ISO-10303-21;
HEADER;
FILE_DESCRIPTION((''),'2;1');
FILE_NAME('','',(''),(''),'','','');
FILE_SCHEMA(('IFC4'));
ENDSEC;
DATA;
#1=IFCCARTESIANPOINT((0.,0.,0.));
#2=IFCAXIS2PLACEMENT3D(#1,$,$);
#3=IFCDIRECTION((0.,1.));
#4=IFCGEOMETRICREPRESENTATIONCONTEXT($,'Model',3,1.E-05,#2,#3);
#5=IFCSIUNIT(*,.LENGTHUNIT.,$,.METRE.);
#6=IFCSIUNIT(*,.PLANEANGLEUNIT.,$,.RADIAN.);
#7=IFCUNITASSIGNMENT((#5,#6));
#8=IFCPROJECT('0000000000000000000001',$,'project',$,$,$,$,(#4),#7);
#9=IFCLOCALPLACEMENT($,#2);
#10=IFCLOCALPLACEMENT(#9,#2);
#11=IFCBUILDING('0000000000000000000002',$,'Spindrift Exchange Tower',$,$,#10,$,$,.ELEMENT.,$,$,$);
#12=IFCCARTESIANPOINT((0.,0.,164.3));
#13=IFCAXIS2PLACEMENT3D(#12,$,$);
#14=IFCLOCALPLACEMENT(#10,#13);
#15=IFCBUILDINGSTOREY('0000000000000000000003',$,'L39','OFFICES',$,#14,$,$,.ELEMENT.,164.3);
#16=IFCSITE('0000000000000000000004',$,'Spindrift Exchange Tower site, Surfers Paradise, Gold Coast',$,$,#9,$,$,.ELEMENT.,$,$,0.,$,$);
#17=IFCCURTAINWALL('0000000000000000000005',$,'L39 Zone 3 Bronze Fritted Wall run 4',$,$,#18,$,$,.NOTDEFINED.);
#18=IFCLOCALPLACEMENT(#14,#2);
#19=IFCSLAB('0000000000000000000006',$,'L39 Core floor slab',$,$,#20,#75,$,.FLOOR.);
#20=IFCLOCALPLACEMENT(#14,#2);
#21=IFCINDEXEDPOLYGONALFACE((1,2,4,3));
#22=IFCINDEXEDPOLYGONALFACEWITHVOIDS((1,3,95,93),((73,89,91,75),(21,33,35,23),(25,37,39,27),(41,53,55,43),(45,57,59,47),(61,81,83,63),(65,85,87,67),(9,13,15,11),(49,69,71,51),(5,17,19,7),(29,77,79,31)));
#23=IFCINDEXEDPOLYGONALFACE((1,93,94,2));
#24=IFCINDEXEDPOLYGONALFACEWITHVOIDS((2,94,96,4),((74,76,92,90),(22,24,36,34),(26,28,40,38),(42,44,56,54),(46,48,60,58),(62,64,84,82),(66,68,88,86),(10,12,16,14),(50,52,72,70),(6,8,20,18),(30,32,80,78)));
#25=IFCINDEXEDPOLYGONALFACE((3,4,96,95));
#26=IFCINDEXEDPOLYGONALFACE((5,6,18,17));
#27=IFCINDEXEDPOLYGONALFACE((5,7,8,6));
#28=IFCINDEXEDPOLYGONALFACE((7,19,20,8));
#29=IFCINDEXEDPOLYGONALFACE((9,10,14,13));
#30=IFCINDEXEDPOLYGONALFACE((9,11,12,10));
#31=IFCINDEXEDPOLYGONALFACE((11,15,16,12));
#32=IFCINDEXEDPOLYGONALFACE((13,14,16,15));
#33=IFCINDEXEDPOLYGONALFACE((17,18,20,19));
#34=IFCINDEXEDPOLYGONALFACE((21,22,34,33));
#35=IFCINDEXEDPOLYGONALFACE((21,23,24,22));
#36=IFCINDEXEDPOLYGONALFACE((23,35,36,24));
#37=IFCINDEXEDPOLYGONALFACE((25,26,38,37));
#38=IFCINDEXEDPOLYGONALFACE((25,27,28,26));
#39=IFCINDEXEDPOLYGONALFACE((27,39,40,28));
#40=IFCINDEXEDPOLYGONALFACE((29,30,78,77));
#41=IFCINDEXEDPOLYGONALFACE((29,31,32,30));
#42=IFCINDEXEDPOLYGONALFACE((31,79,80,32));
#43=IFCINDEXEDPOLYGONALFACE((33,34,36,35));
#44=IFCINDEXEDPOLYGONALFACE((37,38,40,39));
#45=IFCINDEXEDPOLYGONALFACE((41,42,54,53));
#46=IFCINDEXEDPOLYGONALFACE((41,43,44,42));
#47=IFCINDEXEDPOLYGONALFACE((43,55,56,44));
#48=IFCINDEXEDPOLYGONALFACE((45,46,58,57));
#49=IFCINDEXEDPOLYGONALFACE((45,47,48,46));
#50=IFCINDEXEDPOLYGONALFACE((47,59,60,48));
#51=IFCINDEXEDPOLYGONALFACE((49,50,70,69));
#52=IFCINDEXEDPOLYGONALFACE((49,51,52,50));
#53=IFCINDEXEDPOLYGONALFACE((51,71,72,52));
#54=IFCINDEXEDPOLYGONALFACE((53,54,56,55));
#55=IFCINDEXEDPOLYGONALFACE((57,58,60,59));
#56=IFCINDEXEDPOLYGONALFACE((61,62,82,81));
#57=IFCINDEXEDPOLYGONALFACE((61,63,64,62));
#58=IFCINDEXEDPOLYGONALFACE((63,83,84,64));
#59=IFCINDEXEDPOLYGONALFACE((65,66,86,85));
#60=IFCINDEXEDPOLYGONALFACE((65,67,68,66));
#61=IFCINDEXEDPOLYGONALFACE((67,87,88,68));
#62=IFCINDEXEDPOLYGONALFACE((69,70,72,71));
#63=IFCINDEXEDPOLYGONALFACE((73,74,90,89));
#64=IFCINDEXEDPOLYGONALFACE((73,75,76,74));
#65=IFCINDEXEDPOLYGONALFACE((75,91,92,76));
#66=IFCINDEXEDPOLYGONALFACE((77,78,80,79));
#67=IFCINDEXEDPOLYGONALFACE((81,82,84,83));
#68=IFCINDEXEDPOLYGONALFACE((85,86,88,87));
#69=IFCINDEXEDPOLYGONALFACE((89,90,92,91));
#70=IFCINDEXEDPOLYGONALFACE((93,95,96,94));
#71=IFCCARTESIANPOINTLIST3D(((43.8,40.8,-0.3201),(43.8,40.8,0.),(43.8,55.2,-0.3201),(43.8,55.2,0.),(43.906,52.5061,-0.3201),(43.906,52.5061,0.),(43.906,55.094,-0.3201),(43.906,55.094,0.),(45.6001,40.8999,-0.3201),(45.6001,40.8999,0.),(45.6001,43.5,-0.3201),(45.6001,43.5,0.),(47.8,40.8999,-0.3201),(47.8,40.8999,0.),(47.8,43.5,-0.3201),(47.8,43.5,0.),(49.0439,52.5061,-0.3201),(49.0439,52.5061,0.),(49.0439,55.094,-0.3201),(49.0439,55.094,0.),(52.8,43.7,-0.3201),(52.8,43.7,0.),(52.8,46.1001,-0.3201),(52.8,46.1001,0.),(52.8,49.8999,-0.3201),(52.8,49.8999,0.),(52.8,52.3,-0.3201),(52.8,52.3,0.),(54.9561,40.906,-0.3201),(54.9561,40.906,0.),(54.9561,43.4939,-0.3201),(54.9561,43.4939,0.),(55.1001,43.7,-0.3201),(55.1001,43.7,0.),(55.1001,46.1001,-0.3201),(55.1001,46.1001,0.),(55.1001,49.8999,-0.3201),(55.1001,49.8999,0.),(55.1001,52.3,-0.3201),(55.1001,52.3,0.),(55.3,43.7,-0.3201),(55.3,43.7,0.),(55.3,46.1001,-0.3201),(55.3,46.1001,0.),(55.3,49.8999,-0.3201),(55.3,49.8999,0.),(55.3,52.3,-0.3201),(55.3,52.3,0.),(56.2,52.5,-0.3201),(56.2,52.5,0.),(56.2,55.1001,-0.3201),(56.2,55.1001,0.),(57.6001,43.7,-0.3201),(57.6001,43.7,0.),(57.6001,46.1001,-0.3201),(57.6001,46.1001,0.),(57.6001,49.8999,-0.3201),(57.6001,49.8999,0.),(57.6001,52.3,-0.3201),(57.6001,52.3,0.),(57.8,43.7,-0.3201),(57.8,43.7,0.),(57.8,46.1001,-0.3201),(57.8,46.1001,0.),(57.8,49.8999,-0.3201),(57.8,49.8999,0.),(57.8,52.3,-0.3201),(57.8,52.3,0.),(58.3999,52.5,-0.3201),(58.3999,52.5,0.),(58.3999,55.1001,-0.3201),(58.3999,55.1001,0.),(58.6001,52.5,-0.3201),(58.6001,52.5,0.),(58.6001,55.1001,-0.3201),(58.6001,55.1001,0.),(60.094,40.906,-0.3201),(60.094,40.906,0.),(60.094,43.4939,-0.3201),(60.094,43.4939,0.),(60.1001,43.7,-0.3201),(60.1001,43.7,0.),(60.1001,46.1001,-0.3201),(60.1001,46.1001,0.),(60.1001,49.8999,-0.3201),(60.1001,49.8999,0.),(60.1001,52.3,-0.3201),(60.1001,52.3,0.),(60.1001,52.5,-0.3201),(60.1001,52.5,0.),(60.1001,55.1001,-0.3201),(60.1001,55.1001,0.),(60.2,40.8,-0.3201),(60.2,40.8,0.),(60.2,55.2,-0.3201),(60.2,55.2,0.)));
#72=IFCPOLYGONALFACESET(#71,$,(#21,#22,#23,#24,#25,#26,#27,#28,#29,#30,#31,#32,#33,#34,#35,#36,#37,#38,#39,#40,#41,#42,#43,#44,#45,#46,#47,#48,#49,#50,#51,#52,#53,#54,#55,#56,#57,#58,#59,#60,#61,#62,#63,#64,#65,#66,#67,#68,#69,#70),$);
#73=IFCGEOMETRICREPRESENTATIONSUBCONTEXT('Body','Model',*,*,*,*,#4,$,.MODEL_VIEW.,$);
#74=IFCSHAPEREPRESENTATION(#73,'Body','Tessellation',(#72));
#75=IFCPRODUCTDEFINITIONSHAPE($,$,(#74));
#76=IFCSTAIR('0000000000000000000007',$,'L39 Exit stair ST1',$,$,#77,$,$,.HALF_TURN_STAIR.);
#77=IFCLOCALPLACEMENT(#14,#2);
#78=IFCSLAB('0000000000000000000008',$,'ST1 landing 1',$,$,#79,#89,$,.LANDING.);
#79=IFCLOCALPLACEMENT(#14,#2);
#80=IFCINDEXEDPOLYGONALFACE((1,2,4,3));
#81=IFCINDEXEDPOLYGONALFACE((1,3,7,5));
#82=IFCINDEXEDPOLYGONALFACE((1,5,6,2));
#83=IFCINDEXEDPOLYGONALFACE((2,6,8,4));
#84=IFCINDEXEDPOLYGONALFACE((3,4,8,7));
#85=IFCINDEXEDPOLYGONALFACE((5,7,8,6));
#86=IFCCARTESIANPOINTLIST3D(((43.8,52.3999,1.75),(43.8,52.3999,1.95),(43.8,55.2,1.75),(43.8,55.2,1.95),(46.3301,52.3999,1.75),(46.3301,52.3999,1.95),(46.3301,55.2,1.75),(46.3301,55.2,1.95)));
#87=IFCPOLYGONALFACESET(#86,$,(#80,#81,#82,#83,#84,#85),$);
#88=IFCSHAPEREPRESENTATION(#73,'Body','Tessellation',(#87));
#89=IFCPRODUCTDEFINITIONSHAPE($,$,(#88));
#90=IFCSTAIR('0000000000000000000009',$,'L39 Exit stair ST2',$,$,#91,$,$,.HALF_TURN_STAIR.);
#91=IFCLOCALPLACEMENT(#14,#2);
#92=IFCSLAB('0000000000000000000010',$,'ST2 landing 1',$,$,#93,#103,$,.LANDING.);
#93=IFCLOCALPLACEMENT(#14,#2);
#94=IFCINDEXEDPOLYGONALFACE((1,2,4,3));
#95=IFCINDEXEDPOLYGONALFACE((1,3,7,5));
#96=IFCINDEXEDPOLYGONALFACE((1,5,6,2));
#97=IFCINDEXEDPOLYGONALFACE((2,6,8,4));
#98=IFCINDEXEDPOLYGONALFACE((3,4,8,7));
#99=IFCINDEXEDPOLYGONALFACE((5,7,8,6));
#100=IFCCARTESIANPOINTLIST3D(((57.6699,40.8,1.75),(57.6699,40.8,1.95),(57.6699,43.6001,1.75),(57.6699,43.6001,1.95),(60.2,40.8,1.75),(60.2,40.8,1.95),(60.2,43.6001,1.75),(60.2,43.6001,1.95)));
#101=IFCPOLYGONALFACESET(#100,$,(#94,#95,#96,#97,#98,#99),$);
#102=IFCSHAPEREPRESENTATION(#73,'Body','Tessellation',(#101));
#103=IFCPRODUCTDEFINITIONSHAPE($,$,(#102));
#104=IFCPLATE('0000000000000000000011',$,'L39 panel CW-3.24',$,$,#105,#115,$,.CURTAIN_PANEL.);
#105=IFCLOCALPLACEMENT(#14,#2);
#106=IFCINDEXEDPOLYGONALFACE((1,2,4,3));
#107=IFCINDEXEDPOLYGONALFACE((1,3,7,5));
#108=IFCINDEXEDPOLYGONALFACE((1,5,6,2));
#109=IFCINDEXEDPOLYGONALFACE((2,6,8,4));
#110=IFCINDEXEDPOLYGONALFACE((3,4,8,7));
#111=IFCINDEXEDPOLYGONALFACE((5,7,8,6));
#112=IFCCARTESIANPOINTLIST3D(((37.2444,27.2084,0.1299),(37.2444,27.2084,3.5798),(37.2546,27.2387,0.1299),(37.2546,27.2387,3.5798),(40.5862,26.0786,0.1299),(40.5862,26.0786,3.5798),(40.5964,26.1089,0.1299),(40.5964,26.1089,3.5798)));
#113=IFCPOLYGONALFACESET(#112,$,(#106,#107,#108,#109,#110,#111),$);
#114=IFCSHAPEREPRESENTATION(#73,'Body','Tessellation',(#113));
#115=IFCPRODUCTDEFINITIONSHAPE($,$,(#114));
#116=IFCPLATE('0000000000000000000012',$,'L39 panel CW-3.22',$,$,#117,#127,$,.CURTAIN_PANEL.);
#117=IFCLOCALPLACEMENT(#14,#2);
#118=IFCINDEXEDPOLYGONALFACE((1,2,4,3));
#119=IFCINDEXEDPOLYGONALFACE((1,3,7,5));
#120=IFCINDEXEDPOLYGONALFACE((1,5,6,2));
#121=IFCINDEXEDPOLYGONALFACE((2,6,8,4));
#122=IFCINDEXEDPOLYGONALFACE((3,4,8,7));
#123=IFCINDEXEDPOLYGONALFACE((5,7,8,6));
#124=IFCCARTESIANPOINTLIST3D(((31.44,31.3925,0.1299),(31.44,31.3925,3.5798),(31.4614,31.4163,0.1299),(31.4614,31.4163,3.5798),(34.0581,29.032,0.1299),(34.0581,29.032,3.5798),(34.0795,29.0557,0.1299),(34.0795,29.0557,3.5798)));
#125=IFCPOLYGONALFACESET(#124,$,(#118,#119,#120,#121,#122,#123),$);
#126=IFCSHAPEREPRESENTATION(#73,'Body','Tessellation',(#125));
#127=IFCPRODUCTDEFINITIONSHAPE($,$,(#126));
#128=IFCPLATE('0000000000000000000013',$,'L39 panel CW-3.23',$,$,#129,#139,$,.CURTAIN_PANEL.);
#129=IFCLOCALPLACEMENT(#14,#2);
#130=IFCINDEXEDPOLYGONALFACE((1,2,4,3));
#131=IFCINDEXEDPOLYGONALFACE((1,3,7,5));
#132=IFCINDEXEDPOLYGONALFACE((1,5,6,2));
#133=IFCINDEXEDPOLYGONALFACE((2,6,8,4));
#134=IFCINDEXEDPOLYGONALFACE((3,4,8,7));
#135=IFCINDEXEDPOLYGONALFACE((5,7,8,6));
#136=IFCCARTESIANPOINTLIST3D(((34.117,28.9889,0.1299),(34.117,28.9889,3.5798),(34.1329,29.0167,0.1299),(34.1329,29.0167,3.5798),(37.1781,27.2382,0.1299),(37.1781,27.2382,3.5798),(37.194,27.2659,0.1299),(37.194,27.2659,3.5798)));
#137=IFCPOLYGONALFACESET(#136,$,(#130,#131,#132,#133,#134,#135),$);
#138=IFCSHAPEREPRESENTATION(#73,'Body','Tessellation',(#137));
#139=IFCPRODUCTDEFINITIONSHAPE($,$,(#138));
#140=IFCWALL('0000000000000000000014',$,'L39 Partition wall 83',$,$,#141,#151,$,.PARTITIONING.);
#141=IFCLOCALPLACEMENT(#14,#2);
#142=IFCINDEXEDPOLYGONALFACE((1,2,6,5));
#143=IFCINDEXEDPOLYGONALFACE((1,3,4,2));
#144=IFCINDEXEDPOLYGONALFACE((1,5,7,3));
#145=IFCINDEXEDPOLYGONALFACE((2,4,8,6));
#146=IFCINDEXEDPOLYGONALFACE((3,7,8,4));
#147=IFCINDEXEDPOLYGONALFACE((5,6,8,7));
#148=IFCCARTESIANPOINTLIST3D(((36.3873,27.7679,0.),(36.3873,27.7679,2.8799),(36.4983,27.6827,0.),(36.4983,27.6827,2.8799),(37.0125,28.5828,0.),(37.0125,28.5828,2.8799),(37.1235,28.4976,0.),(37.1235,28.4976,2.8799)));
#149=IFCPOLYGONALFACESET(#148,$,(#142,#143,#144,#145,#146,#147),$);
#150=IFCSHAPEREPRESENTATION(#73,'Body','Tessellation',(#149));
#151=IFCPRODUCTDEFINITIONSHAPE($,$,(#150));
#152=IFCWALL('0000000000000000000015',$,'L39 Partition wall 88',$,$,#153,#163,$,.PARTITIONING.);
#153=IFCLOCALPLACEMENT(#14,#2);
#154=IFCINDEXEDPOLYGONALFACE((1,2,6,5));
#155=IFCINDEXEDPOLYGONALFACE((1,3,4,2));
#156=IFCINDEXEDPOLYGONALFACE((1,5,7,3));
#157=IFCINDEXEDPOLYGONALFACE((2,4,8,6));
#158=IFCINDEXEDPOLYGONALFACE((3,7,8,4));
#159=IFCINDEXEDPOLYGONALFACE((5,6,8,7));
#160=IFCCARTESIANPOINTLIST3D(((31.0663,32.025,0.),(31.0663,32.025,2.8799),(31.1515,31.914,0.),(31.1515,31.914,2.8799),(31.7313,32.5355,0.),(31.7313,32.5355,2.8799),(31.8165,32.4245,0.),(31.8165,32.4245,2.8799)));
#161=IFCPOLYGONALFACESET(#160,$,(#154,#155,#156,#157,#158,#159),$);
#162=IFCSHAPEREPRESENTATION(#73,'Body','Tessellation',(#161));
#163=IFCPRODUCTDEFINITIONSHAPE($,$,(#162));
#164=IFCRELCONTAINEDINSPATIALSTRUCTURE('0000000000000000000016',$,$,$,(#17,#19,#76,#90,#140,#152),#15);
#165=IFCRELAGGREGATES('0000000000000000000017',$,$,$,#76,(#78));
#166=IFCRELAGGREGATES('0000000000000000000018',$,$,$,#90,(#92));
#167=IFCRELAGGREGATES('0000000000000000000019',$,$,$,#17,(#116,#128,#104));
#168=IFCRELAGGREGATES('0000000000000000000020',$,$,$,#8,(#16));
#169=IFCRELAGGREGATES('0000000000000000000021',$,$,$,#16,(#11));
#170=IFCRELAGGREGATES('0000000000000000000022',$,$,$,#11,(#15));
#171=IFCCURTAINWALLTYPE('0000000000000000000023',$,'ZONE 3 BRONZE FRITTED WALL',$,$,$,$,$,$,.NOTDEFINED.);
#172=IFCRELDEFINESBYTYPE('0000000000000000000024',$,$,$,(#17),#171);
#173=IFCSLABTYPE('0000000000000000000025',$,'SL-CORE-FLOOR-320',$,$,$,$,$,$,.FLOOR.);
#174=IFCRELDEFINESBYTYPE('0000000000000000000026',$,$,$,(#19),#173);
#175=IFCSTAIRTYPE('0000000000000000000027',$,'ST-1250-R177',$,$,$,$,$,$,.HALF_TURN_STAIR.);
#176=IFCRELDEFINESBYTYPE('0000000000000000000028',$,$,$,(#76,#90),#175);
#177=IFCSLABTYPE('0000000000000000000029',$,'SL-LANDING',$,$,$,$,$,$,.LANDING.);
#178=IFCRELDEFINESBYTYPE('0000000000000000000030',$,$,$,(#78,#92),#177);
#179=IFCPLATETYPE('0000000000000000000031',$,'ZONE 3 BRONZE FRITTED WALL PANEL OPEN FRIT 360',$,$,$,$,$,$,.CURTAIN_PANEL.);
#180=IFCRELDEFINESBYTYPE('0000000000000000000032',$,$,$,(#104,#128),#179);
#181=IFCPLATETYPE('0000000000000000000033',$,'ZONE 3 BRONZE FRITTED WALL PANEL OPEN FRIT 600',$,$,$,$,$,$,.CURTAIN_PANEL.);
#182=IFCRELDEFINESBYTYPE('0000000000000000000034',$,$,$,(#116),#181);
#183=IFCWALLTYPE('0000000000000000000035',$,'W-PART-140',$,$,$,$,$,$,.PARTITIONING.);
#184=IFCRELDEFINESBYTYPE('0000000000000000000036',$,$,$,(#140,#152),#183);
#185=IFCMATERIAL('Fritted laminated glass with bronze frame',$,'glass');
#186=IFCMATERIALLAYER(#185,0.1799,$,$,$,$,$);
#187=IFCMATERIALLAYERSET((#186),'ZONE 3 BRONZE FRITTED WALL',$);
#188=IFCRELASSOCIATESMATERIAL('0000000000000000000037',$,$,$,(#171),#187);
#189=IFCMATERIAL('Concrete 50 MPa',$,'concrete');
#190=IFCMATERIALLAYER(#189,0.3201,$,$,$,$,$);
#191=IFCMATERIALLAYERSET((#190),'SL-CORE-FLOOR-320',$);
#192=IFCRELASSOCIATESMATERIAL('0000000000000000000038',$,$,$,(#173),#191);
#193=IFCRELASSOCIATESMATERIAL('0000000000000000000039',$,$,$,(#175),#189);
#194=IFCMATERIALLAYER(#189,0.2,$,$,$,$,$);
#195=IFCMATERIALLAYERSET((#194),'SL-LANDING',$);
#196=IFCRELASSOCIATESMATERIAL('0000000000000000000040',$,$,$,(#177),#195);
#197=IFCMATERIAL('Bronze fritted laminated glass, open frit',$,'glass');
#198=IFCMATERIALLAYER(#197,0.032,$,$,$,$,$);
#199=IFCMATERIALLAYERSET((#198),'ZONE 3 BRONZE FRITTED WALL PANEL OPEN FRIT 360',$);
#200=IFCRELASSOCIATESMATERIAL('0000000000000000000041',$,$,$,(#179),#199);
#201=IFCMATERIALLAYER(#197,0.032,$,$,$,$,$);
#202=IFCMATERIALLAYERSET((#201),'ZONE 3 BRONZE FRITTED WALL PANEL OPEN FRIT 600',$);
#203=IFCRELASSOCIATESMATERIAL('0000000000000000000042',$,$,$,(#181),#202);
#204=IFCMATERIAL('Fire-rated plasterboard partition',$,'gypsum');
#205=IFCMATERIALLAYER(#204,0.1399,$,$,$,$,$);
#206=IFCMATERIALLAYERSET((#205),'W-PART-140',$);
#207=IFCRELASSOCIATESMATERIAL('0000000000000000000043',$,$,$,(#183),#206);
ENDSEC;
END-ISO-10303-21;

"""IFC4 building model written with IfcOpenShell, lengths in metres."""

from ifc_helpers import new_model, si_unit, direction, frame, frame_2d, origin, origin_2d, place, context, subcontext, project, spatial, line, indexed_curve, rectangle, outline, extrude, source, transform, mapped, material, layer, layer_set, type_object, element, aggregate, save


model = new_model("IFC4")

# Units and contexts
model_context = context("Model", 3, precision=1e-05, world=origin(), true_north=direction((0.0, 1.0)))
body_context = subcontext(model_context, "Body", "Model", "MODEL_VIEW")
ifc_project = project(units=[si_unit("LENGTHUNIT", "METRE"), si_unit("PLANEANGLEUNIT", "RADIAN")], contexts=[model_context])

# Site, building, storey
site_placement = place(None, origin())
site = spatial("IfcSite", under=ifc_project, at=site_placement, Name="Spindrift Exchange Tower site, Surfers Paradise, Gold Coast", CompositionType="ELEMENT", RefElevation=0.0)
building_placement = place(site_placement, origin())
building = spatial("IfcBuilding", under=site, at=building_placement, Name="Spindrift Exchange Tower", CompositionType="ELEMENT")
storey_placement = place(building_placement, frame((0.0, 0.0, 164.3)))
storey = spatial("IfcBuildingStorey", under=building, at=storey_placement, Name="L39", Description="OFFICES", CompositionType="ELEMENT", Elevation=164.3)

# Shared definitions
ifc_material_1 = material(Name="Concrete 50 MPa", Category="concrete")

# Curtain wall
ifc_material_2 = material(Name="Fritted laminated glass with bronze frame", Category="glass")
ifc_layer_1 = layer(ifc_material_2, 0.1799)
ifc_layer_set_1 = layer_set([ifc_layer_1], Name="ZONE 3 BRONZE FRITTED WALL")
curtain_wall_type = type_object("IfcCurtainWallType", Name="ZONE 3 BRONZE FRITTED WALL", PredefinedType="NOTDEFINED", material=ifc_layer_set_1)
curtain_wall_placement = place(storey_placement, origin())
curtain_wall = element("IfcCurtainWall", 1, at=curtain_wall_placement, inside=storey, type_object=curtain_wall_type, Name="L39 Zone 3 Bronze Fritted Wall run 4", PredefinedType="NOTDEFINED")

# Slab
ifc_layer_2 = layer(ifc_material_1, 0.3201)
ifc_layer_set_2 = layer_set([ifc_layer_2], Name="SL-CORE-FLOOR-320")
slab_type_1 = type_object("IfcSlabType", Name="SL-CORE-FLOOR-320", PredefinedType="FLOOR", material=ifc_layer_set_2)
slab_1_placement = place(storey_placement, frame((0.0, 0.0, -0.3201)))
element("IfcSlab", 2, at=slab_1_placement, inside=storey, type_object=slab_type_1, Name="L39 Core floor slab", PredefinedType="FLOOR", context=body_context, shape_type="SweptSolid", body=[
    extrude(outline(indexed_curve([(43.8, 40.8), (43.8, 55.2), (60.2, 55.2), (60.2, 40.8)], segments=[line(1, 2, 3, 4, 1)], self_intersect=False), holes=[indexed_curve([(45.6001, 43.5), (45.6001, 40.8999), (47.8, 40.8999), (47.8, 43.5)], segments=[line(1, 2, 3, 4, 1)], self_intersect=False), indexed_curve([(52.8, 46.1001), (52.8, 43.7), (55.1001, 43.7), (55.1001, 46.1001)], segments=[line(1, 2, 3, 4, 1)], self_intersect=False), indexed_curve([(55.3, 46.1001), (55.3, 43.7), (57.6001, 43.7), (57.6001, 46.1001)], segments=[line(1, 2, 3, 4, 1)], self_intersect=False), indexed_curve([(55.1001, 52.3), (52.8, 52.3), (52.8, 49.8999), (55.1001, 49.8999)], segments=[line(1, 2, 3, 4, 1)], self_intersect=False), indexed_curve([(57.6001, 52.3), (55.3, 52.3), (55.3, 49.8999), (57.6001, 49.8999)], segments=[line(1, 2, 3, 4, 1)], self_intersect=False), indexed_curve([(43.906, 52.5061), (49.0439, 52.5061), (49.0439, 55.094), (43.906, 55.094)], segments=[line(1, 2, 3, 4, 1)], self_intersect=False), indexed_curve([(60.094, 40.906), (60.094, 43.4939), (54.9561, 43.4939), (54.9561, 40.906)], segments=[line(1, 2, 3, 4, 1)], self_intersect=False), indexed_curve([(60.1001, 46.1001), (57.8, 46.1001), (57.8, 43.7), (60.1001, 43.7)], segments=[line(1, 2, 3, 4, 1)], self_intersect=False), indexed_curve([(57.8, 52.3), (57.8, 49.8999), (60.1001, 49.8999), (60.1001, 52.3)], segments=[line(1, 2, 3, 4, 1)], self_intersect=False), indexed_curve([(58.3999, 55.1001), (56.2, 55.1001), (56.2, 52.5), (58.3999, 52.5)], segments=[line(1, 2, 3, 4, 1)], self_intersect=False), indexed_curve([(60.1001, 55.1001), (58.6001, 55.1001), (58.6001, 52.5), (60.1001, 52.5)], segments=[line(1, 2, 3, 4, 1)], self_intersect=False)]), origin(), (0.0, 0.0, 1.0), 0.3201),
])

# Stairs, slabs
stair_type = type_object("IfcStairType", Name="ST-1250-R177", PredefinedType="HALF_TURN_STAIR", material=ifc_material_1)
stair_1_placement = place(storey_placement, origin())
stair_1 = element("IfcStair", 3, at=stair_1_placement, inside=storey, type_object=stair_type, Name="L39 Exit stair ST1", PredefinedType="HALF_TURN_STAIR")
ifc_layer_3 = layer(ifc_material_1, 0.2)
ifc_layer_set_3 = layer_set([ifc_layer_3], Name="SL-LANDING")
slab_type_2 = type_object("IfcSlabType", Name="SL-LANDING", PredefinedType="LANDING", material=ifc_layer_set_3)
slab_2_placement = place(storey_placement, frame((0.0, 0.0, 1.75)))
slab_2 = element("IfcSlab", 4, at=slab_2_placement, type_object=slab_type_2, Name="ST1 landing 1", PredefinedType="LANDING", context=body_context, shape_type="SweptSolid", body=[
    extrude(outline(indexed_curve([(46.3301, 52.3999), (43.8, 52.3999), (43.8, 55.2), (46.3301, 55.2)], segments=[line(1, 2, 3, 4, 1)], self_intersect=False)), origin(), (0.0, 0.0, 1.0), 0.2),
])
aggregate(stair_1, [slab_2])
stair_2_placement = place(storey_placement, origin())
stair_2 = element("IfcStair", 5, at=stair_2_placement, inside=storey, type_object=stair_type, Name="L39 Exit stair ST2", PredefinedType="HALF_TURN_STAIR")
slab_3_placement = place(storey_placement, frame((0.0, 0.0, 1.75)))
slab_3 = element("IfcSlab", 6, at=slab_3_placement, type_object=slab_type_2, Name="ST2 landing 1", PredefinedType="LANDING", context=body_context, shape_type="SweptSolid", body=[
    extrude(outline(indexed_curve([(57.6699, 43.6001), (60.2, 43.6001), (60.2, 40.8), (57.6699, 40.8)], segments=[line(1, 2, 3, 4, 1)], self_intersect=False)), origin(), (0.0, 0.0, 1.0), 0.2),
])
aggregate(stair_2, [slab_3])

# Plates
ifc_material_3 = material(Name="Bronze fritted laminated glass, open frit", Category="glass")
ifc_layer_4 = layer(ifc_material_3, 0.032)
ifc_layer_set_4 = layer_set([ifc_layer_4], Name="ZONE 3 BRONZE FRITTED WALL PANEL OPEN FRIT 360")
plate_type_1 = type_object("IfcPlateType", Name="ZONE 3 BRONZE FRITTED WALL PANEL OPEN FRIT 360", PredefinedType="CURTAIN_PANEL", material=ifc_layer_set_4)
shared_shape_1 = source(origin(), body_context, "Body", "SweptSolid", [
    extrude(rectangle(XDim=3.5276, YDim=0.032, at=origin_2d()), origin(), (0.0, 0.0, 1.0), 3.45),
])
plate_1_placement = place(storey_placement, frame((38.9204, 26.6587, 0.1299), z_axis=(0.0, 0.0, 1.0), x_axis=(0.947324, -0.320277, 0.0)))
plate_1 = element("IfcPlate", 7, at=plate_1_placement, type_object=plate_type_1, Name="L39 panel CW-3.24", PredefinedType="CURTAIN_PANEL", context=body_context, shape_type="MappedRepresentation", body=[
    mapped(shared_shape_1, transform((0.0, 0.0, 0.0), scale=1.0)),
])
ifc_layer_5 = layer(ifc_material_3, 0.032)
ifc_layer_set_5 = layer_set([ifc_layer_5], Name="ZONE 3 BRONZE FRITTED WALL PANEL OPEN FRIT 600")
plate_type_2 = type_object("IfcPlateType", Name="ZONE 3 BRONZE FRITTED WALL PANEL OPEN FRIT 600", PredefinedType="CURTAIN_PANEL", material=ifc_layer_set_5)
shared_shape_2 = source(origin(), body_context, "Body", "SweptSolid", [
    extrude(rectangle(XDim=3.5251, YDim=0.032, at=origin_2d()), origin(), (0.0, 0.0, 1.0), 3.45),
])
plate_2_placement = place(storey_placement, frame((32.7598, 30.2241, 0.1299), z_axis=(0.0, 0.0, 1.0), x_axis=(0.742686, -0.66964, 0.0)))
plate_2 = element("IfcPlate", 8, at=plate_2_placement, type_object=plate_type_2, Name="L39 panel CW-3.22", PredefinedType="CURTAIN_PANEL", context=body_context, shape_type="MappedRepresentation", body=[
    mapped(shared_shape_2, transform((0.0, 0.0, 0.0), scale=1.0)),
])
shared_shape_3 = source(origin(), body_context, "Body", "SweptSolid", [
    extrude(rectangle(XDim=3.5264, YDim=0.032, at=origin_2d()), origin(), (0.0, 0.0, 1.0), 3.45),
])
plate_3_placement = place(storey_placement, frame((35.6555, 28.1274, 0.1299), z_axis=(0.0, 0.0, 1.0), x_axis=(0.86805, -0.496477, 0.0)))
plate_3 = element("IfcPlate", 9, at=plate_3_placement, type_object=plate_type_1, Name="L39 panel CW-3.23", PredefinedType="CURTAIN_PANEL", context=body_context, shape_type="MappedRepresentation", body=[
    mapped(shared_shape_3, transform((0.0, 0.0, 0.0), scale=1.0)),
])
aggregate(curtain_wall, [plate_2, plate_3, plate_1])

# Walls
ifc_material_4 = material(Name="Fire-rated plasterboard partition", Category="gypsum")
ifc_layer_6 = layer(ifc_material_4, 0.1399)
ifc_layer_set_6 = layer_set([ifc_layer_6], Name="W-PART-140")
wall_type = type_object("IfcWallType", Name="W-PART-140", PredefinedType="PARTITIONING", material=ifc_layer_set_6)
wall_1_placement = place(storey_placement, frame((37.0681, 28.5403, 0.0), z_axis=(0.0, 0.0, 1.0), x_axis=(-0.608711, -0.793392, 0.0)))
element("IfcWall", 10, at=wall_1_placement, inside=storey, type_object=wall_type, Name="L39 Partition wall 83", PredefinedType="PARTITIONING", context=body_context, shape_type="SweptSolid", body=[
    extrude(rectangle(XDim=1.0271, YDim=0.1399, at=frame_2d((0.5137, 0.0))), origin(), (0.0, 0.0, 1.0), 2.8799),
])
wall_2_placement = place(storey_placement, frame((31.7739, 32.48, 0.0), z_axis=(0.0, 0.0, 1.0), x_axis=(-0.793241, -0.608908, 0.0)))
element("IfcWall", 11, at=wall_2_placement, inside=storey, type_object=wall_type, Name="L39 Partition wall 88", PredefinedType="PARTITIONING", context=body_context, shape_type="SweptSolid", body=[
    extrude(rectangle(XDim=0.8384, YDim=0.1399, at=frame_2d((0.4192, 0.0))), origin(), (0.0, 0.0, 1.0), 2.8799),
])

save(model, "model.ifc")
